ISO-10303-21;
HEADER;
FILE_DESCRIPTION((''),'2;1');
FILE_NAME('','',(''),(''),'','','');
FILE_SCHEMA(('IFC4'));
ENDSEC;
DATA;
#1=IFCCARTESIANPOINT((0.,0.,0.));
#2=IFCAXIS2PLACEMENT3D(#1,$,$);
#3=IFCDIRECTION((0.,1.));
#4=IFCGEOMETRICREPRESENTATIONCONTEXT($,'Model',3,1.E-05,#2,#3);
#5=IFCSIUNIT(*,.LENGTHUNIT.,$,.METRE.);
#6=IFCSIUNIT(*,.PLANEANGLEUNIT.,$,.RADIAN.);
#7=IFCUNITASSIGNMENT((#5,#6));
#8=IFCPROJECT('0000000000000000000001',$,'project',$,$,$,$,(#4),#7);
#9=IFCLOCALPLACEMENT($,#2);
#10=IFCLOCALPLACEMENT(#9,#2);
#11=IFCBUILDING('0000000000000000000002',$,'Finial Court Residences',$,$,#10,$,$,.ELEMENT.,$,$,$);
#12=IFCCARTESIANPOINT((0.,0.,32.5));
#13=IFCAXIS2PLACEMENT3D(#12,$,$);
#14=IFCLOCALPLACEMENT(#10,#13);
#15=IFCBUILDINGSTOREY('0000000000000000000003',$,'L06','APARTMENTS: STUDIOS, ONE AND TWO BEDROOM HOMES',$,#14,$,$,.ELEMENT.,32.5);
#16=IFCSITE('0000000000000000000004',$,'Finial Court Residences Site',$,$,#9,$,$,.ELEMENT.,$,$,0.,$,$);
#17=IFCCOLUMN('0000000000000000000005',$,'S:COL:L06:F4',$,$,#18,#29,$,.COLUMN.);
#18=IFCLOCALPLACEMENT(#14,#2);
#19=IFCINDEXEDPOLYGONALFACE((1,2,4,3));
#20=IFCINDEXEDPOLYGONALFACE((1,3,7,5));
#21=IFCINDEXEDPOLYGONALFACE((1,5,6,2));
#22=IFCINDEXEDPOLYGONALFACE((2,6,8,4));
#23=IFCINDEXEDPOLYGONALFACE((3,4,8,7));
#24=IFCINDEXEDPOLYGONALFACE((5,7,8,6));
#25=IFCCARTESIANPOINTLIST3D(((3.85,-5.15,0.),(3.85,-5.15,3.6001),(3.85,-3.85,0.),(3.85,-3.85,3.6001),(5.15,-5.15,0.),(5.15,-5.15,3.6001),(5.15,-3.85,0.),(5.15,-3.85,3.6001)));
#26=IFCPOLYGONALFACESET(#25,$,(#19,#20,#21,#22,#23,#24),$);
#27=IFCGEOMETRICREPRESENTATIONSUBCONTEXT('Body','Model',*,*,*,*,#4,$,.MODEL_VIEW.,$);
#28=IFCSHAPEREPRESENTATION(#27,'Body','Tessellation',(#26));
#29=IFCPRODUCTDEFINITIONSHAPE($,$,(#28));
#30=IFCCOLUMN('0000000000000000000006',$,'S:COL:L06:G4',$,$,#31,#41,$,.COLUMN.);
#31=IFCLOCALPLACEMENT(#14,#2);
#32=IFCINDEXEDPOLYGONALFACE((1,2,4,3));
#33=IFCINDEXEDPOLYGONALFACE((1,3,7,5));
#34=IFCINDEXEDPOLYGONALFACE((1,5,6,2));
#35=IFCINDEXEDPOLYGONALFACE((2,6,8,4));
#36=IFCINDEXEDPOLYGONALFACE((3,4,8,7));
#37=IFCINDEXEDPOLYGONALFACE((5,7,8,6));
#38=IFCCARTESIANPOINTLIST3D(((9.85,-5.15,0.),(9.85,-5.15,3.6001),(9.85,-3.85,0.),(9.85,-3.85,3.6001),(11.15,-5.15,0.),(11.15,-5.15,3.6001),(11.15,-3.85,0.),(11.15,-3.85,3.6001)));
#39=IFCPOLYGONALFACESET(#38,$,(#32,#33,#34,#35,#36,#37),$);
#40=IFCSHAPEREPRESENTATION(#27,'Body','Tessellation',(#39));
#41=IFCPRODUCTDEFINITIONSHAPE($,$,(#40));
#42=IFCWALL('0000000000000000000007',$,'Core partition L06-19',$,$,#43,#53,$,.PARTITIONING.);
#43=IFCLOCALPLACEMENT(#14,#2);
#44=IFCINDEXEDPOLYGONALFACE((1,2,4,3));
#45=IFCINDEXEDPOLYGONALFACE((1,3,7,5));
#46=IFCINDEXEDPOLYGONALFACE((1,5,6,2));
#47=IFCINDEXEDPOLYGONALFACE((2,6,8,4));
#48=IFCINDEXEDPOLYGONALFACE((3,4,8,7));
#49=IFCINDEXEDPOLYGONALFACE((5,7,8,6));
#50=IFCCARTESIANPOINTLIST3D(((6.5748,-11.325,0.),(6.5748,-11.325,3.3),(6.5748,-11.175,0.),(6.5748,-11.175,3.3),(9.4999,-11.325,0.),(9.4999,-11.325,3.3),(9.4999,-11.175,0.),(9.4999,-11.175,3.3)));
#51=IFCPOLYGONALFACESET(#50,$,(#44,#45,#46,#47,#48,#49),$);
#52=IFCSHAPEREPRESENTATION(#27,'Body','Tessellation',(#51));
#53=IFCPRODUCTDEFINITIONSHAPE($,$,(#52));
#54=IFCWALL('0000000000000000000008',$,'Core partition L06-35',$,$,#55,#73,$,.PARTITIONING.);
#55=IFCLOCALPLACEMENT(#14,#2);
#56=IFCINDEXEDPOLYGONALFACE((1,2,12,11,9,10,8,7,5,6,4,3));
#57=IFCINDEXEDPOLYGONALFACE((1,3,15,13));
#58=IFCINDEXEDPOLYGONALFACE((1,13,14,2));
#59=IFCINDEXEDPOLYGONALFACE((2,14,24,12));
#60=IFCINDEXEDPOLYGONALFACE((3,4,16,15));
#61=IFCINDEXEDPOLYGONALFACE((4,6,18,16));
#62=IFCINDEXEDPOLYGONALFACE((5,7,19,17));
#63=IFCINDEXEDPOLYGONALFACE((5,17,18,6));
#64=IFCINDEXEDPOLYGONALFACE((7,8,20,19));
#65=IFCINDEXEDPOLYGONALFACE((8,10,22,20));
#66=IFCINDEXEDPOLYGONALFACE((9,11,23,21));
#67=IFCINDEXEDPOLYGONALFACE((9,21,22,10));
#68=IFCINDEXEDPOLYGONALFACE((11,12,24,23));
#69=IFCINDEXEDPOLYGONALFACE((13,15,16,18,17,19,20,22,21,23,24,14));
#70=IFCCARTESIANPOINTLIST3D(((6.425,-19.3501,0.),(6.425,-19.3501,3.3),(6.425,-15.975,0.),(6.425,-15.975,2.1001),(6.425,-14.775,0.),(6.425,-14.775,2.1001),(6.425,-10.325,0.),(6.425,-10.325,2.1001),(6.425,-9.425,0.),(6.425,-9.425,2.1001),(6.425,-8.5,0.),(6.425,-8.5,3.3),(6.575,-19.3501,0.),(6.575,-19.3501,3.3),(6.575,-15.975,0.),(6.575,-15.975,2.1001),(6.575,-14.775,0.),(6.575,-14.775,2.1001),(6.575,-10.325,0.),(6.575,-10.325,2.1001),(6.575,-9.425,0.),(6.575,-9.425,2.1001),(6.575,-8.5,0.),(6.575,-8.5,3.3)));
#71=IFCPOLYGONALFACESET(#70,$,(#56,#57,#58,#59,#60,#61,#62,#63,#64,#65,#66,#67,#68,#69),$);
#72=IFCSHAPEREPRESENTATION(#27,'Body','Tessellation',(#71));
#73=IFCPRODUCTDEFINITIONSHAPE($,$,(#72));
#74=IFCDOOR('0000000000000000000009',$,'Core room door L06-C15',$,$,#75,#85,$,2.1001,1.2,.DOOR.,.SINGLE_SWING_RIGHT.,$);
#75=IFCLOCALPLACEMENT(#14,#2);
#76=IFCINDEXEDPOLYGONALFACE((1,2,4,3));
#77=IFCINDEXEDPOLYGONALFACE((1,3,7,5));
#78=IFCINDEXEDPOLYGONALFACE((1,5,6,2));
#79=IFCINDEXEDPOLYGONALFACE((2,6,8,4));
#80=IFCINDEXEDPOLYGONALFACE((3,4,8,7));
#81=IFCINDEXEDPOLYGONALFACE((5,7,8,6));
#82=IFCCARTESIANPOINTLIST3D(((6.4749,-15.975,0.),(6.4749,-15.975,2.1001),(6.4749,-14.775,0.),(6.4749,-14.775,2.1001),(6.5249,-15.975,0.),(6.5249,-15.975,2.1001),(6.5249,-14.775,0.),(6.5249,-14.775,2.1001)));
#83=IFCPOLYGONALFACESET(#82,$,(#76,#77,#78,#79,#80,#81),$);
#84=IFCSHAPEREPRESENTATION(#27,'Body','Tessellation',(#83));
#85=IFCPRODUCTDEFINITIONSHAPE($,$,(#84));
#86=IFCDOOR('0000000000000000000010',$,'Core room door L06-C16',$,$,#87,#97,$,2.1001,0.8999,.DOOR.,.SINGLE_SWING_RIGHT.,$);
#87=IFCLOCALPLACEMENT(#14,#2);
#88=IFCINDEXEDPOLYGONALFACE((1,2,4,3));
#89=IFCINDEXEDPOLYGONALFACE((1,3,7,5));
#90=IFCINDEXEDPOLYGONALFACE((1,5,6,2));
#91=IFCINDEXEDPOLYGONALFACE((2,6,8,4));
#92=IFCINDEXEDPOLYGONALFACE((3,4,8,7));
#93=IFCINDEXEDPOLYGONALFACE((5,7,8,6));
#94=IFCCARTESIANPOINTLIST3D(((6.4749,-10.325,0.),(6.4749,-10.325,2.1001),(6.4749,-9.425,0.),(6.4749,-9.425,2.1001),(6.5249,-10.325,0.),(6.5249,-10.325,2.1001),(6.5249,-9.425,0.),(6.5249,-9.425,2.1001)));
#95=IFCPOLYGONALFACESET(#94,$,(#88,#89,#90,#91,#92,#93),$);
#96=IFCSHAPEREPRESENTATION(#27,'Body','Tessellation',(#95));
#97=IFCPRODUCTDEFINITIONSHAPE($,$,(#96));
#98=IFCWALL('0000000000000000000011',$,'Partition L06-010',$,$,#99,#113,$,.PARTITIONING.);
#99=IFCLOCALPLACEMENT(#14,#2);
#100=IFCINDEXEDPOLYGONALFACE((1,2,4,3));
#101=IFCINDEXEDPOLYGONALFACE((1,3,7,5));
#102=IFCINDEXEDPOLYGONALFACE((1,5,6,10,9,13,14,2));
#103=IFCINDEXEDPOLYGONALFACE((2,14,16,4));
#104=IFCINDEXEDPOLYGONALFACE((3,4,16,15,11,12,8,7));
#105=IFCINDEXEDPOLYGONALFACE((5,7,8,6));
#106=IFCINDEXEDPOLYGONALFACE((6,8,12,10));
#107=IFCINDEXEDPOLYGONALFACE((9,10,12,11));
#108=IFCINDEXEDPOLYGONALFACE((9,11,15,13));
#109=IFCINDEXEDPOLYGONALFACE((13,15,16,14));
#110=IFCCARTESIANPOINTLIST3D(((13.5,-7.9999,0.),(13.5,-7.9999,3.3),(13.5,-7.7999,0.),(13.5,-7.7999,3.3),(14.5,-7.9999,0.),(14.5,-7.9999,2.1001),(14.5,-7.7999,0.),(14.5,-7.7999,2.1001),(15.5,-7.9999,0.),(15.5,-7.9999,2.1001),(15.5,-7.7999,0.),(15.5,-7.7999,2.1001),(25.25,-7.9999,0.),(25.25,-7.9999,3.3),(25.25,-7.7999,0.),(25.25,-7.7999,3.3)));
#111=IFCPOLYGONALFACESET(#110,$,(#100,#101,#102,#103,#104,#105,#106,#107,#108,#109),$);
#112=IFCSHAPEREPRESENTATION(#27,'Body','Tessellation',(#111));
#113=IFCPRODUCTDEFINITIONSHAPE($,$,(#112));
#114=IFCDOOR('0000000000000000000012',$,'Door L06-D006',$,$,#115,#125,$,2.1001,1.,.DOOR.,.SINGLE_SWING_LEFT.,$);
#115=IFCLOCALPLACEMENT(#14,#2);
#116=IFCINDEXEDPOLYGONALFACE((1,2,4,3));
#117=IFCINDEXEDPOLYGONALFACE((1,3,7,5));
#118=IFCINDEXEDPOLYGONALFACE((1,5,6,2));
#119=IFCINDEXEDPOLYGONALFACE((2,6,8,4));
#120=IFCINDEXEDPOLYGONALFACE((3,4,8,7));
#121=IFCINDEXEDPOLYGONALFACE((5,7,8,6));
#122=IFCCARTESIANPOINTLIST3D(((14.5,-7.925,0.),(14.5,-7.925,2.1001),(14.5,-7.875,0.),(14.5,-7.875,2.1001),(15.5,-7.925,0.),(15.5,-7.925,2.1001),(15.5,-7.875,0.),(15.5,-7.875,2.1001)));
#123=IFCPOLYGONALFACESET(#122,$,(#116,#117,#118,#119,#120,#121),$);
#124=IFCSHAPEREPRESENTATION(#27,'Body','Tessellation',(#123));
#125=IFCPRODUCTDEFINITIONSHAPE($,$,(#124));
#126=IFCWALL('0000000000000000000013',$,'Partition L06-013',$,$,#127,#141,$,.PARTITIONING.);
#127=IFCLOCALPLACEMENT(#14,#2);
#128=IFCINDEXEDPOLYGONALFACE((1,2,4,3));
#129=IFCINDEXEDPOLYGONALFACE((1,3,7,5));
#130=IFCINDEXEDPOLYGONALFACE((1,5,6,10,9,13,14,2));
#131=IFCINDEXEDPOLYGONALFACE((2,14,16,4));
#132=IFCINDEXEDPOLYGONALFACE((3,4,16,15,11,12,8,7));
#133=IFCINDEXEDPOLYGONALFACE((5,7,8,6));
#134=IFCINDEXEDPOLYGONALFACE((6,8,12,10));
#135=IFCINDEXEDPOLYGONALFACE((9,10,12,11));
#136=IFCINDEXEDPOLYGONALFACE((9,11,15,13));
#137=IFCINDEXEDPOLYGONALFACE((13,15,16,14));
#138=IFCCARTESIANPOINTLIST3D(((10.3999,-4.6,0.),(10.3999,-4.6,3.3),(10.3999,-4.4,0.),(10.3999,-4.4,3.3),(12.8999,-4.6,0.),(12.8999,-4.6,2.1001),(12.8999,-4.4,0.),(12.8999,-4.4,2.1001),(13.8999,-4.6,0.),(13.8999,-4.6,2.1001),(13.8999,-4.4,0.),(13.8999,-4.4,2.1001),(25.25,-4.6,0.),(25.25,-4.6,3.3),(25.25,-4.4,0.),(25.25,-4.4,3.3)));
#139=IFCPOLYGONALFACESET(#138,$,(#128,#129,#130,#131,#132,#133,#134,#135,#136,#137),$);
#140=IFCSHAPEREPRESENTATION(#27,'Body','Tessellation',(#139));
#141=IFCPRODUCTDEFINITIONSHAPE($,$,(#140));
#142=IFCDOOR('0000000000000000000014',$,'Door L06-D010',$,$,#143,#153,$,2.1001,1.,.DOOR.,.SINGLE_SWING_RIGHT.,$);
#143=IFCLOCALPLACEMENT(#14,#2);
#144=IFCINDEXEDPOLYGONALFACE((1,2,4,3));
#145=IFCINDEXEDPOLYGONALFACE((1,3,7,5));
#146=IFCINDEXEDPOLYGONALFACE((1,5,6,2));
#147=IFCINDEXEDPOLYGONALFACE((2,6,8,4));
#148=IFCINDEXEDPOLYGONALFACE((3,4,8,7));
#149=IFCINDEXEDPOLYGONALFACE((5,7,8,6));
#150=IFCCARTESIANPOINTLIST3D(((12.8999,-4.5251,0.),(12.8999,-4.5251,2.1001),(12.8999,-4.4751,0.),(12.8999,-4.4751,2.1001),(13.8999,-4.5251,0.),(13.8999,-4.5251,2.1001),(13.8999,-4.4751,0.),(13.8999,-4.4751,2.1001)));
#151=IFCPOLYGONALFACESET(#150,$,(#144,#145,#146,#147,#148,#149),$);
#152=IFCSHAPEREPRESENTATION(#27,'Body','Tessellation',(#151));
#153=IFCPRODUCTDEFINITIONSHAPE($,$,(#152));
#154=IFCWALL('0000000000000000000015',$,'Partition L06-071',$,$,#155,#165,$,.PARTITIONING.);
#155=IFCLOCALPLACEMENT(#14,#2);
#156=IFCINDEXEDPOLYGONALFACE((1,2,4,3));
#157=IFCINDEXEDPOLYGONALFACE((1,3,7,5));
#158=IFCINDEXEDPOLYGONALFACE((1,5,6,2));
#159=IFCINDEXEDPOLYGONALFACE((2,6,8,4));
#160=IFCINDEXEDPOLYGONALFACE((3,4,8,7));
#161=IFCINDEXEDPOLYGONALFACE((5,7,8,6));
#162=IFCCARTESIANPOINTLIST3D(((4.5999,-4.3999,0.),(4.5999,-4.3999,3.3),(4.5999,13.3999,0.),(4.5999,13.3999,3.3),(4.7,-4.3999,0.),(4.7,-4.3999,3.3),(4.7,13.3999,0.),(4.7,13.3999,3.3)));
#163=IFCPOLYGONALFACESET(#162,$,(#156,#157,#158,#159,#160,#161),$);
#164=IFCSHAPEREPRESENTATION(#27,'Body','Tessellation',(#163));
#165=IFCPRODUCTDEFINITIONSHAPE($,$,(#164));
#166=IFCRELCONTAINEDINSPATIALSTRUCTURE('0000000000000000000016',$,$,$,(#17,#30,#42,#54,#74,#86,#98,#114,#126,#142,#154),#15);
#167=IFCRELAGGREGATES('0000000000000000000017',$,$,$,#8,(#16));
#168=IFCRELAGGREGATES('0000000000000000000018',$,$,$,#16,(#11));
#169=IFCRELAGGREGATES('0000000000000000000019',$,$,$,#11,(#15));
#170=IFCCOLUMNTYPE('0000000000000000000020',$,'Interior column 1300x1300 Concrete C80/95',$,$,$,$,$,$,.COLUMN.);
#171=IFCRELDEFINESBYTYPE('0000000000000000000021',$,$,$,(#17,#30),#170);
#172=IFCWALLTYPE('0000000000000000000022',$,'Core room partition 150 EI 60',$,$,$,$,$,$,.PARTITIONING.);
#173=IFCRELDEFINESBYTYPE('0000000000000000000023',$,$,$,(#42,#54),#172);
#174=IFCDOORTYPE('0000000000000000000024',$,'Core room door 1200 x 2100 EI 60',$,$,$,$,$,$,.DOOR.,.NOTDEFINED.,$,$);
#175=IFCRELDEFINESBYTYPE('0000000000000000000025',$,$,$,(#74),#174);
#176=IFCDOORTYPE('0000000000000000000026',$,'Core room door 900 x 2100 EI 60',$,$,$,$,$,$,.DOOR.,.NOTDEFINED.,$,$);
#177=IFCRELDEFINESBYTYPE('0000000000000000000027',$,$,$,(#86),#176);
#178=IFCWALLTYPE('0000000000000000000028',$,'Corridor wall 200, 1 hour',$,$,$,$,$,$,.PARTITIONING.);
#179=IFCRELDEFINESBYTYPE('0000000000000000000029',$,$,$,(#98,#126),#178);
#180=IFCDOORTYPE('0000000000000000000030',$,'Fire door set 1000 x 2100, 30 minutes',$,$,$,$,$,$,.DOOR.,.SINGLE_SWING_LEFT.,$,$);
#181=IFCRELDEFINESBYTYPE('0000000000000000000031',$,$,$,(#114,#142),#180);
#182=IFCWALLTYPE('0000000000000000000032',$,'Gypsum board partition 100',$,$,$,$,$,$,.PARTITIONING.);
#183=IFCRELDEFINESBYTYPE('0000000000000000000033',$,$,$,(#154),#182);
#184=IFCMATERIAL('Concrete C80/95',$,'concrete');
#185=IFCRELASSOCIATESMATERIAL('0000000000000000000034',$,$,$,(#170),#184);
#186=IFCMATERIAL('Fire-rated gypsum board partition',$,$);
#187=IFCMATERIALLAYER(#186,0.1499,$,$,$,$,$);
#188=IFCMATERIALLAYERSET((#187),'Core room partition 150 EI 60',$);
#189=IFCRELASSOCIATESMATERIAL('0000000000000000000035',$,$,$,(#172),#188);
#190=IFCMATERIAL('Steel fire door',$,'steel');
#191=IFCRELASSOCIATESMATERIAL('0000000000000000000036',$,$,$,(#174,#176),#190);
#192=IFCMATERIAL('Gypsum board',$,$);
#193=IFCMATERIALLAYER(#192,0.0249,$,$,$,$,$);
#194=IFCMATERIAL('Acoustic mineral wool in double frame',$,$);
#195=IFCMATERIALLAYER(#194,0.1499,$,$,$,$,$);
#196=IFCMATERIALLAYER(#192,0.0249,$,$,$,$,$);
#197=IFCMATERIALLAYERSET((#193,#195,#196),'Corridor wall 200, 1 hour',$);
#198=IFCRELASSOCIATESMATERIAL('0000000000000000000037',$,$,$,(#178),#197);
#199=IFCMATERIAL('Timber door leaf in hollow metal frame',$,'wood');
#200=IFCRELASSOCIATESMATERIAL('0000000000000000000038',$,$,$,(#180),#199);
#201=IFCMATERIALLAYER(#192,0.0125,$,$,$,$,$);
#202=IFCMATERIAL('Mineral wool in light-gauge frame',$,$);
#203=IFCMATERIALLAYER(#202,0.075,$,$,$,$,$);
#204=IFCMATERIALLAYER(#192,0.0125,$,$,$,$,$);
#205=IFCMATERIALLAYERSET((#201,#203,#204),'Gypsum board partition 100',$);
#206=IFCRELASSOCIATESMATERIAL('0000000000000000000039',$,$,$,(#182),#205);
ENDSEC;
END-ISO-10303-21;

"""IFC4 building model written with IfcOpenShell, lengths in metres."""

from ifc_helpers import new_model, si_unit, direction, frame, frame_2d, origin, origin_2d, place, context, subcontext, project, spatial, rectangle, extrude, material, layer, layer_set, material_profile, profile_set, type_object, element, fill, save


model = new_model("IFC4")

# Units and contexts
model_context = context("Model", 3, precision=1e-05, world=origin(), true_north=direction((0.0, 1.0)))
body_context = subcontext(model_context, "Body", "Model", "MODEL_VIEW")
ifc_project = project(units=[si_unit("LENGTHUNIT", "METRE"), si_unit("PLANEANGLEUNIT", "RADIAN")], contexts=[model_context])

# Site, building, storey
site_placement = place(None, origin())
site = spatial("IfcSite", under=ifc_project, at=site_placement, Name="Finial Court Residences Site", CompositionType="ELEMENT", RefElevation=0.0)
building_placement = place(site_placement, origin())
building = spatial("IfcBuilding", under=site, at=building_placement, Name="Finial Court Residences", CompositionType="ELEMENT")
storey_placement = place(building_placement, frame((0.0, 0.0, 32.5)))
storey = spatial("IfcBuildingStorey", under=building, at=storey_placement, Name="L06", Description="APARTMENTS: STUDIOS, ONE AND TWO BEDROOM HOMES", CompositionType="ELEMENT", Elevation=32.5)

# Columns
ifc_material_1 = material(Name="Concrete C80/95", Category="concrete")
ifc_material_profile = material_profile(ifc_material_1, rectangle(XDim=1.3, YDim=1.3, at=origin_2d()), Name="1300x1300")
ifc_profile_set = profile_set([ifc_material_profile], Name="Concrete C80/95")
column_type = type_object("IfcColumnType", Name="Interior column 1300x1300 Concrete C80/95", PredefinedType="COLUMN", material=ifc_profile_set)
for number, where, z_axis, x_axis, name in (
    (1, (4.5, -4.5, 0.0), (0.0, 0.0, 1.0), (1.0, 0.0, 0.0), "S:COL:L06:F4"),
    (2, (10.5, -4.5, 0.0), (0.0, 0.0, 1.0), (1.0, 0.0, 0.0), "S:COL:L06:G4"),
):
    element("IfcColumn", number, at=place(storey_placement, frame(where, z_axis=z_axis, x_axis=x_axis)), inside=storey, type_object=column_type, Name=name, PredefinedType="COLUMN", context=body_context, shape_type="SweptSolid", body=[
        extrude(rectangle(XDim=1.3, YDim=1.3, at=origin_2d()), origin(), (0.0, 0.0, 1.0), 3.6001),
    ])

# Wall
ifc_material_2 = material(Name="Fire-rated gypsum board partition")
ifc_layer_1 = layer(ifc_material_2, 0.1499)
ifc_layer_set_1 = layer_set([ifc_layer_1], Name="Core room partition 150 EI 60")
wall_type_1 = type_object("IfcWallType", Name="Core room partition 150 EI 60", PredefinedType="PARTITIONING", material=ifc_layer_set_1)
wall_1_placement = place(storey_placement, frame((6.575, -11.25, 0.0), z_axis=(0.0, 0.0, 1.0), x_axis=(1.0, 0.0, 0.0)))
element("IfcWall", 3, at=wall_1_placement, inside=storey, type_object=wall_type_1, Name="Core partition L06-19", PredefinedType="PARTITIONING", context=body_context, shape_type="SweptSolid", body=[
    extrude(rectangle(XDim=2.925, YDim=0.1499, at=frame_2d((1.4624, 0.0))), origin(), (0.0, 0.0, 1.0), 3.3),
])

# Wall, openings, doors
wall_2_placement = place(storey_placement, frame((6.5, -8.5, 0.0), z_axis=(0.0, 0.0, 1.0), x_axis=(0.0, -1.0, 0.0)))
wall_2 = element("IfcWall", 4, at=wall_2_placement, inside=storey, type_object=wall_type_1, Name="Core partition L06-35", PredefinedType="PARTITIONING", context=body_context, shape_type="SweptSolid", body=[
    extrude(rectangle(XDim=10.8501, YDim=0.1499, at=frame_2d((5.425, 0.0))), origin(), (0.0, 0.0, 1.0), 3.3),
])
opening_1_placement = place(wall_2_placement, frame((6.2749, 0.0, 0.0)))
opening_1 = element("IfcOpeningElement", 5, at=opening_1_placement, cuts=wall_2, PredefinedType="OPENING", context=body_context, shape_type="SweptSolid", body=[
    extrude(rectangle(XDim=1.2, YDim=2.1001, at=frame_2d((0.6001, 1.05))), frame((0.0, 0.085, 0.0), z_axis=(0.0, -1.0, 0.0), x_axis=(1.0, 0.0, 0.0)), (0.0, 0.0, 1.0), 0.1699),
])
opening_2_placement = place(wall_2_placement, frame((0.925, 0.0, 0.0)))
opening_2 = element("IfcOpeningElement", 6, at=opening_2_placement, cuts=wall_2, PredefinedType="OPENING", context=body_context, shape_type="SweptSolid", body=[
    extrude(rectangle(XDim=0.8999, YDim=2.1001, at=frame_2d((0.45, 1.05))), frame((0.0, 0.085, 0.0), z_axis=(0.0, -1.0, 0.0), x_axis=(1.0, 0.0, 0.0)), (0.0, 0.0, 1.0), 0.1699),
])
ifc_material_3 = material(Name="Steel fire door", Category="steel")
door_type_1 = type_object("IfcDoorType", Name="Core room door 1200 x 2100 EI 60", OperationType="NOTDEFINED", PredefinedType="DOOR", material=ifc_material_3)
door_1_placement = place(opening_1_placement, origin())
door_1 = element("IfcDoor", 7, at=door_1_placement, inside=storey, type_object=door_type_1, Name="Core room door L06-C15", OperationType="SINGLE_SWING_RIGHT", OverallHeight=2.1001, OverallWidth=1.2, PredefinedType="DOOR", context=body_context, shape_type="SweptSolid", body=[
    extrude(rectangle(XDim=1.2, YDim=2.1001, at=frame_2d((0.6001, 1.05))), frame((0.0, 0.0249, 0.0), z_axis=(0.0, -1.0, 0.0), x_axis=(1.0, 0.0, 0.0)), (0.0, 0.0, 1.0), 0.05),
])
fill(opening_1, door_1)
door_type_2 = type_object("IfcDoorType", Name="Core room door 900 x 2100 EI 60", OperationType="NOTDEFINED", PredefinedType="DOOR", material=ifc_material_3)
door_2_placement = place(opening_2_placement, origin())
door_2 = element("IfcDoor", 8, at=door_2_placement, inside=storey, type_object=door_type_2, Name="Core room door L06-C16", OperationType="SINGLE_SWING_RIGHT", OverallHeight=2.1001, OverallWidth=0.8999, PredefinedType="DOOR", context=body_context, shape_type="SweptSolid", body=[
    extrude(rectangle(XDim=0.8999, YDim=2.1001, at=frame_2d((0.45, 1.05))), frame((0.0, 0.0249, 0.0), z_axis=(0.0, -1.0, 0.0), x_axis=(1.0, 0.0, 0.0)), (0.0, 0.0, 1.0), 0.05),
])
fill(opening_2, door_2)

# Walls, openings, doors
ifc_material_4 = material(Name="Gypsum board")
ifc_layer_2 = layer(ifc_material_4, 0.0249)
ifc_material_5 = material(Name="Acoustic mineral wool in double frame")
ifc_layer_3 = layer(ifc_material_5, 0.1499)
ifc_layer_4 = layer(ifc_material_4, 0.0249)
ifc_layer_set_2 = layer_set([ifc_layer_2, ifc_layer_3, ifc_layer_4], Name="Corridor wall 200, 1 hour")
wall_type_2 = type_object("IfcWallType", Name="Corridor wall 200, 1 hour", PredefinedType="PARTITIONING", material=ifc_layer_set_2)
wall_3_placement = place(storey_placement, frame((13.5, -7.8999, 0.0), z_axis=(0.0, 0.0, 1.0), x_axis=(1.0, 0.0, 0.0)))
wall_3 = element("IfcWall", 9, at=wall_3_placement, inside=storey, type_object=wall_type_2, Name="Partition L06-010", PredefinedType="PARTITIONING", context=body_context, shape_type="SweptSolid", body=[
    extrude(rectangle(XDim=11.75, YDim=0.2, at=frame_2d((5.875, 0.0))), origin(), (0.0, 0.0, 1.0), 3.3),
])
opening_3_placement = place(wall_3_placement, frame((1.0, 0.0, 0.0)))
opening_3 = element("IfcOpeningElement", 10, at=opening_3_placement, cuts=wall_3, PredefinedType="OPENING", context=body_context, shape_type="SweptSolid", body=[
    extrude(rectangle(XDim=1.0, YDim=2.1001, at=frame_2d((0.5, 1.05))), frame((0.0, 0.1099, 0.0), z_axis=(0.0, -1.0, 0.0), x_axis=(1.0, 0.0, 0.0)), (0.0, 0.0, 1.0), 0.22),
])
ifc_material_6 = material(Name="Timber door leaf in hollow metal frame", Category="wood")
door_type_3 = type_object("IfcDoorType", Name="Fire door set 1000 x 2100, 30 minutes", OperationType="SINGLE_SWING_LEFT", PredefinedType="DOOR", material=ifc_material_6)
door_3_placement = place(opening_3_placement, origin())
door_3 = element("IfcDoor", 11, at=door_3_placement, inside=storey, type_object=door_type_3, Name="Door L06-D006", OperationType="SINGLE_SWING_LEFT", OverallHeight=2.1001, OverallWidth=1.0, PredefinedType="DOOR", context=body_context, shape_type="SweptSolid", body=[
    extrude(rectangle(XDim=1.0, YDim=2.1001, at=frame_2d((0.5, 1.05))), frame((0.0, 0.0249, 0.0), z_axis=(0.0, -1.0, 0.0), x_axis=(1.0, 0.0, 0.0)), (0.0, 0.0, 1.0), 0.05),
])
fill(opening_3, door_3)
wall_4_placement = place(storey_placement, frame((10.3999, -4.5, 0.0), z_axis=(0.0, 0.0, 1.0), x_axis=(1.0, 0.0, 0.0)))
wall_4 = element("IfcWall", 12, at=wall_4_placement, inside=storey, type_object=wall_type_2, Name="Partition L06-013", PredefinedType="PARTITIONING", context=body_context, shape_type="SweptSolid", body=[
    extrude(rectangle(XDim=14.8501, YDim=0.2, at=frame_2d((7.425, 0.0))), origin(), (0.0, 0.0, 1.0), 3.3),
])
opening_4_placement = place(wall_4_placement, frame((2.5, 0.0, 0.0)))
opening_4 = element("IfcOpeningElement", 13, at=opening_4_placement, cuts=wall_4, PredefinedType="OPENING", context=body_context, shape_type="SweptSolid", body=[
    extrude(rectangle(XDim=1.0, YDim=2.1001, at=frame_2d((0.5, 1.05))), frame((0.0, 0.1099, 0.0), z_axis=(0.0, -1.0, 0.0), x_axis=(1.0, 0.0, 0.0)), (0.0, 0.0, 1.0), 0.22),
])
door_4_placement = place(opening_4_placement, origin())
door_4 = element("IfcDoor", 14, at=door_4_placement, inside=storey, type_object=door_type_3, Name="Door L06-D010", OperationType="SINGLE_SWING_RIGHT", OverallHeight=2.1001, OverallWidth=1.0, PredefinedType="DOOR", context=body_context, shape_type="SweptSolid", body=[
    extrude(rectangle(XDim=1.0, YDim=2.1001, at=frame_2d((0.5, 1.05))), frame((0.0, 0.0249, 0.0), z_axis=(0.0, -1.0, 0.0), x_axis=(1.0, 0.0, 0.0)), (0.0, 0.0, 1.0), 0.05),
])
fill(opening_4, door_4)

# Wall
ifc_layer_5 = layer(ifc_material_4, 0.0125)
ifc_material_7 = material(Name="Mineral wool in light-gauge frame")
ifc_layer_6 = layer(ifc_material_7, 0.075)
ifc_layer_7 = layer(ifc_material_4, 0.0125)
ifc_layer_set_3 = layer_set([ifc_layer_5, ifc_layer_6, ifc_layer_7], Name="Gypsum board partition 100")
wall_type_3 = type_object("IfcWallType", Name="Gypsum board partition 100", PredefinedType="PARTITIONING", material=ifc_layer_set_3)
wall_5_placement = place(storey_placement, frame((4.6499, -4.3999, 0.0), z_axis=(0.0, 0.0, 1.0), x_axis=(0.0, 1.0, 0.0)))
element("IfcWall", 15, at=wall_5_placement, inside=storey, type_object=wall_type_3, Name="Partition L06-071", PredefinedType="PARTITIONING", context=body_context, shape_type="SweptSolid", body=[
    extrude(rectangle(XDim=17.7998, YDim=0.1001, at=frame_2d((8.8999, 0.0))), origin(), (0.0, 0.0, 1.0), 3.3),
])

save(model, "model.ifc")
